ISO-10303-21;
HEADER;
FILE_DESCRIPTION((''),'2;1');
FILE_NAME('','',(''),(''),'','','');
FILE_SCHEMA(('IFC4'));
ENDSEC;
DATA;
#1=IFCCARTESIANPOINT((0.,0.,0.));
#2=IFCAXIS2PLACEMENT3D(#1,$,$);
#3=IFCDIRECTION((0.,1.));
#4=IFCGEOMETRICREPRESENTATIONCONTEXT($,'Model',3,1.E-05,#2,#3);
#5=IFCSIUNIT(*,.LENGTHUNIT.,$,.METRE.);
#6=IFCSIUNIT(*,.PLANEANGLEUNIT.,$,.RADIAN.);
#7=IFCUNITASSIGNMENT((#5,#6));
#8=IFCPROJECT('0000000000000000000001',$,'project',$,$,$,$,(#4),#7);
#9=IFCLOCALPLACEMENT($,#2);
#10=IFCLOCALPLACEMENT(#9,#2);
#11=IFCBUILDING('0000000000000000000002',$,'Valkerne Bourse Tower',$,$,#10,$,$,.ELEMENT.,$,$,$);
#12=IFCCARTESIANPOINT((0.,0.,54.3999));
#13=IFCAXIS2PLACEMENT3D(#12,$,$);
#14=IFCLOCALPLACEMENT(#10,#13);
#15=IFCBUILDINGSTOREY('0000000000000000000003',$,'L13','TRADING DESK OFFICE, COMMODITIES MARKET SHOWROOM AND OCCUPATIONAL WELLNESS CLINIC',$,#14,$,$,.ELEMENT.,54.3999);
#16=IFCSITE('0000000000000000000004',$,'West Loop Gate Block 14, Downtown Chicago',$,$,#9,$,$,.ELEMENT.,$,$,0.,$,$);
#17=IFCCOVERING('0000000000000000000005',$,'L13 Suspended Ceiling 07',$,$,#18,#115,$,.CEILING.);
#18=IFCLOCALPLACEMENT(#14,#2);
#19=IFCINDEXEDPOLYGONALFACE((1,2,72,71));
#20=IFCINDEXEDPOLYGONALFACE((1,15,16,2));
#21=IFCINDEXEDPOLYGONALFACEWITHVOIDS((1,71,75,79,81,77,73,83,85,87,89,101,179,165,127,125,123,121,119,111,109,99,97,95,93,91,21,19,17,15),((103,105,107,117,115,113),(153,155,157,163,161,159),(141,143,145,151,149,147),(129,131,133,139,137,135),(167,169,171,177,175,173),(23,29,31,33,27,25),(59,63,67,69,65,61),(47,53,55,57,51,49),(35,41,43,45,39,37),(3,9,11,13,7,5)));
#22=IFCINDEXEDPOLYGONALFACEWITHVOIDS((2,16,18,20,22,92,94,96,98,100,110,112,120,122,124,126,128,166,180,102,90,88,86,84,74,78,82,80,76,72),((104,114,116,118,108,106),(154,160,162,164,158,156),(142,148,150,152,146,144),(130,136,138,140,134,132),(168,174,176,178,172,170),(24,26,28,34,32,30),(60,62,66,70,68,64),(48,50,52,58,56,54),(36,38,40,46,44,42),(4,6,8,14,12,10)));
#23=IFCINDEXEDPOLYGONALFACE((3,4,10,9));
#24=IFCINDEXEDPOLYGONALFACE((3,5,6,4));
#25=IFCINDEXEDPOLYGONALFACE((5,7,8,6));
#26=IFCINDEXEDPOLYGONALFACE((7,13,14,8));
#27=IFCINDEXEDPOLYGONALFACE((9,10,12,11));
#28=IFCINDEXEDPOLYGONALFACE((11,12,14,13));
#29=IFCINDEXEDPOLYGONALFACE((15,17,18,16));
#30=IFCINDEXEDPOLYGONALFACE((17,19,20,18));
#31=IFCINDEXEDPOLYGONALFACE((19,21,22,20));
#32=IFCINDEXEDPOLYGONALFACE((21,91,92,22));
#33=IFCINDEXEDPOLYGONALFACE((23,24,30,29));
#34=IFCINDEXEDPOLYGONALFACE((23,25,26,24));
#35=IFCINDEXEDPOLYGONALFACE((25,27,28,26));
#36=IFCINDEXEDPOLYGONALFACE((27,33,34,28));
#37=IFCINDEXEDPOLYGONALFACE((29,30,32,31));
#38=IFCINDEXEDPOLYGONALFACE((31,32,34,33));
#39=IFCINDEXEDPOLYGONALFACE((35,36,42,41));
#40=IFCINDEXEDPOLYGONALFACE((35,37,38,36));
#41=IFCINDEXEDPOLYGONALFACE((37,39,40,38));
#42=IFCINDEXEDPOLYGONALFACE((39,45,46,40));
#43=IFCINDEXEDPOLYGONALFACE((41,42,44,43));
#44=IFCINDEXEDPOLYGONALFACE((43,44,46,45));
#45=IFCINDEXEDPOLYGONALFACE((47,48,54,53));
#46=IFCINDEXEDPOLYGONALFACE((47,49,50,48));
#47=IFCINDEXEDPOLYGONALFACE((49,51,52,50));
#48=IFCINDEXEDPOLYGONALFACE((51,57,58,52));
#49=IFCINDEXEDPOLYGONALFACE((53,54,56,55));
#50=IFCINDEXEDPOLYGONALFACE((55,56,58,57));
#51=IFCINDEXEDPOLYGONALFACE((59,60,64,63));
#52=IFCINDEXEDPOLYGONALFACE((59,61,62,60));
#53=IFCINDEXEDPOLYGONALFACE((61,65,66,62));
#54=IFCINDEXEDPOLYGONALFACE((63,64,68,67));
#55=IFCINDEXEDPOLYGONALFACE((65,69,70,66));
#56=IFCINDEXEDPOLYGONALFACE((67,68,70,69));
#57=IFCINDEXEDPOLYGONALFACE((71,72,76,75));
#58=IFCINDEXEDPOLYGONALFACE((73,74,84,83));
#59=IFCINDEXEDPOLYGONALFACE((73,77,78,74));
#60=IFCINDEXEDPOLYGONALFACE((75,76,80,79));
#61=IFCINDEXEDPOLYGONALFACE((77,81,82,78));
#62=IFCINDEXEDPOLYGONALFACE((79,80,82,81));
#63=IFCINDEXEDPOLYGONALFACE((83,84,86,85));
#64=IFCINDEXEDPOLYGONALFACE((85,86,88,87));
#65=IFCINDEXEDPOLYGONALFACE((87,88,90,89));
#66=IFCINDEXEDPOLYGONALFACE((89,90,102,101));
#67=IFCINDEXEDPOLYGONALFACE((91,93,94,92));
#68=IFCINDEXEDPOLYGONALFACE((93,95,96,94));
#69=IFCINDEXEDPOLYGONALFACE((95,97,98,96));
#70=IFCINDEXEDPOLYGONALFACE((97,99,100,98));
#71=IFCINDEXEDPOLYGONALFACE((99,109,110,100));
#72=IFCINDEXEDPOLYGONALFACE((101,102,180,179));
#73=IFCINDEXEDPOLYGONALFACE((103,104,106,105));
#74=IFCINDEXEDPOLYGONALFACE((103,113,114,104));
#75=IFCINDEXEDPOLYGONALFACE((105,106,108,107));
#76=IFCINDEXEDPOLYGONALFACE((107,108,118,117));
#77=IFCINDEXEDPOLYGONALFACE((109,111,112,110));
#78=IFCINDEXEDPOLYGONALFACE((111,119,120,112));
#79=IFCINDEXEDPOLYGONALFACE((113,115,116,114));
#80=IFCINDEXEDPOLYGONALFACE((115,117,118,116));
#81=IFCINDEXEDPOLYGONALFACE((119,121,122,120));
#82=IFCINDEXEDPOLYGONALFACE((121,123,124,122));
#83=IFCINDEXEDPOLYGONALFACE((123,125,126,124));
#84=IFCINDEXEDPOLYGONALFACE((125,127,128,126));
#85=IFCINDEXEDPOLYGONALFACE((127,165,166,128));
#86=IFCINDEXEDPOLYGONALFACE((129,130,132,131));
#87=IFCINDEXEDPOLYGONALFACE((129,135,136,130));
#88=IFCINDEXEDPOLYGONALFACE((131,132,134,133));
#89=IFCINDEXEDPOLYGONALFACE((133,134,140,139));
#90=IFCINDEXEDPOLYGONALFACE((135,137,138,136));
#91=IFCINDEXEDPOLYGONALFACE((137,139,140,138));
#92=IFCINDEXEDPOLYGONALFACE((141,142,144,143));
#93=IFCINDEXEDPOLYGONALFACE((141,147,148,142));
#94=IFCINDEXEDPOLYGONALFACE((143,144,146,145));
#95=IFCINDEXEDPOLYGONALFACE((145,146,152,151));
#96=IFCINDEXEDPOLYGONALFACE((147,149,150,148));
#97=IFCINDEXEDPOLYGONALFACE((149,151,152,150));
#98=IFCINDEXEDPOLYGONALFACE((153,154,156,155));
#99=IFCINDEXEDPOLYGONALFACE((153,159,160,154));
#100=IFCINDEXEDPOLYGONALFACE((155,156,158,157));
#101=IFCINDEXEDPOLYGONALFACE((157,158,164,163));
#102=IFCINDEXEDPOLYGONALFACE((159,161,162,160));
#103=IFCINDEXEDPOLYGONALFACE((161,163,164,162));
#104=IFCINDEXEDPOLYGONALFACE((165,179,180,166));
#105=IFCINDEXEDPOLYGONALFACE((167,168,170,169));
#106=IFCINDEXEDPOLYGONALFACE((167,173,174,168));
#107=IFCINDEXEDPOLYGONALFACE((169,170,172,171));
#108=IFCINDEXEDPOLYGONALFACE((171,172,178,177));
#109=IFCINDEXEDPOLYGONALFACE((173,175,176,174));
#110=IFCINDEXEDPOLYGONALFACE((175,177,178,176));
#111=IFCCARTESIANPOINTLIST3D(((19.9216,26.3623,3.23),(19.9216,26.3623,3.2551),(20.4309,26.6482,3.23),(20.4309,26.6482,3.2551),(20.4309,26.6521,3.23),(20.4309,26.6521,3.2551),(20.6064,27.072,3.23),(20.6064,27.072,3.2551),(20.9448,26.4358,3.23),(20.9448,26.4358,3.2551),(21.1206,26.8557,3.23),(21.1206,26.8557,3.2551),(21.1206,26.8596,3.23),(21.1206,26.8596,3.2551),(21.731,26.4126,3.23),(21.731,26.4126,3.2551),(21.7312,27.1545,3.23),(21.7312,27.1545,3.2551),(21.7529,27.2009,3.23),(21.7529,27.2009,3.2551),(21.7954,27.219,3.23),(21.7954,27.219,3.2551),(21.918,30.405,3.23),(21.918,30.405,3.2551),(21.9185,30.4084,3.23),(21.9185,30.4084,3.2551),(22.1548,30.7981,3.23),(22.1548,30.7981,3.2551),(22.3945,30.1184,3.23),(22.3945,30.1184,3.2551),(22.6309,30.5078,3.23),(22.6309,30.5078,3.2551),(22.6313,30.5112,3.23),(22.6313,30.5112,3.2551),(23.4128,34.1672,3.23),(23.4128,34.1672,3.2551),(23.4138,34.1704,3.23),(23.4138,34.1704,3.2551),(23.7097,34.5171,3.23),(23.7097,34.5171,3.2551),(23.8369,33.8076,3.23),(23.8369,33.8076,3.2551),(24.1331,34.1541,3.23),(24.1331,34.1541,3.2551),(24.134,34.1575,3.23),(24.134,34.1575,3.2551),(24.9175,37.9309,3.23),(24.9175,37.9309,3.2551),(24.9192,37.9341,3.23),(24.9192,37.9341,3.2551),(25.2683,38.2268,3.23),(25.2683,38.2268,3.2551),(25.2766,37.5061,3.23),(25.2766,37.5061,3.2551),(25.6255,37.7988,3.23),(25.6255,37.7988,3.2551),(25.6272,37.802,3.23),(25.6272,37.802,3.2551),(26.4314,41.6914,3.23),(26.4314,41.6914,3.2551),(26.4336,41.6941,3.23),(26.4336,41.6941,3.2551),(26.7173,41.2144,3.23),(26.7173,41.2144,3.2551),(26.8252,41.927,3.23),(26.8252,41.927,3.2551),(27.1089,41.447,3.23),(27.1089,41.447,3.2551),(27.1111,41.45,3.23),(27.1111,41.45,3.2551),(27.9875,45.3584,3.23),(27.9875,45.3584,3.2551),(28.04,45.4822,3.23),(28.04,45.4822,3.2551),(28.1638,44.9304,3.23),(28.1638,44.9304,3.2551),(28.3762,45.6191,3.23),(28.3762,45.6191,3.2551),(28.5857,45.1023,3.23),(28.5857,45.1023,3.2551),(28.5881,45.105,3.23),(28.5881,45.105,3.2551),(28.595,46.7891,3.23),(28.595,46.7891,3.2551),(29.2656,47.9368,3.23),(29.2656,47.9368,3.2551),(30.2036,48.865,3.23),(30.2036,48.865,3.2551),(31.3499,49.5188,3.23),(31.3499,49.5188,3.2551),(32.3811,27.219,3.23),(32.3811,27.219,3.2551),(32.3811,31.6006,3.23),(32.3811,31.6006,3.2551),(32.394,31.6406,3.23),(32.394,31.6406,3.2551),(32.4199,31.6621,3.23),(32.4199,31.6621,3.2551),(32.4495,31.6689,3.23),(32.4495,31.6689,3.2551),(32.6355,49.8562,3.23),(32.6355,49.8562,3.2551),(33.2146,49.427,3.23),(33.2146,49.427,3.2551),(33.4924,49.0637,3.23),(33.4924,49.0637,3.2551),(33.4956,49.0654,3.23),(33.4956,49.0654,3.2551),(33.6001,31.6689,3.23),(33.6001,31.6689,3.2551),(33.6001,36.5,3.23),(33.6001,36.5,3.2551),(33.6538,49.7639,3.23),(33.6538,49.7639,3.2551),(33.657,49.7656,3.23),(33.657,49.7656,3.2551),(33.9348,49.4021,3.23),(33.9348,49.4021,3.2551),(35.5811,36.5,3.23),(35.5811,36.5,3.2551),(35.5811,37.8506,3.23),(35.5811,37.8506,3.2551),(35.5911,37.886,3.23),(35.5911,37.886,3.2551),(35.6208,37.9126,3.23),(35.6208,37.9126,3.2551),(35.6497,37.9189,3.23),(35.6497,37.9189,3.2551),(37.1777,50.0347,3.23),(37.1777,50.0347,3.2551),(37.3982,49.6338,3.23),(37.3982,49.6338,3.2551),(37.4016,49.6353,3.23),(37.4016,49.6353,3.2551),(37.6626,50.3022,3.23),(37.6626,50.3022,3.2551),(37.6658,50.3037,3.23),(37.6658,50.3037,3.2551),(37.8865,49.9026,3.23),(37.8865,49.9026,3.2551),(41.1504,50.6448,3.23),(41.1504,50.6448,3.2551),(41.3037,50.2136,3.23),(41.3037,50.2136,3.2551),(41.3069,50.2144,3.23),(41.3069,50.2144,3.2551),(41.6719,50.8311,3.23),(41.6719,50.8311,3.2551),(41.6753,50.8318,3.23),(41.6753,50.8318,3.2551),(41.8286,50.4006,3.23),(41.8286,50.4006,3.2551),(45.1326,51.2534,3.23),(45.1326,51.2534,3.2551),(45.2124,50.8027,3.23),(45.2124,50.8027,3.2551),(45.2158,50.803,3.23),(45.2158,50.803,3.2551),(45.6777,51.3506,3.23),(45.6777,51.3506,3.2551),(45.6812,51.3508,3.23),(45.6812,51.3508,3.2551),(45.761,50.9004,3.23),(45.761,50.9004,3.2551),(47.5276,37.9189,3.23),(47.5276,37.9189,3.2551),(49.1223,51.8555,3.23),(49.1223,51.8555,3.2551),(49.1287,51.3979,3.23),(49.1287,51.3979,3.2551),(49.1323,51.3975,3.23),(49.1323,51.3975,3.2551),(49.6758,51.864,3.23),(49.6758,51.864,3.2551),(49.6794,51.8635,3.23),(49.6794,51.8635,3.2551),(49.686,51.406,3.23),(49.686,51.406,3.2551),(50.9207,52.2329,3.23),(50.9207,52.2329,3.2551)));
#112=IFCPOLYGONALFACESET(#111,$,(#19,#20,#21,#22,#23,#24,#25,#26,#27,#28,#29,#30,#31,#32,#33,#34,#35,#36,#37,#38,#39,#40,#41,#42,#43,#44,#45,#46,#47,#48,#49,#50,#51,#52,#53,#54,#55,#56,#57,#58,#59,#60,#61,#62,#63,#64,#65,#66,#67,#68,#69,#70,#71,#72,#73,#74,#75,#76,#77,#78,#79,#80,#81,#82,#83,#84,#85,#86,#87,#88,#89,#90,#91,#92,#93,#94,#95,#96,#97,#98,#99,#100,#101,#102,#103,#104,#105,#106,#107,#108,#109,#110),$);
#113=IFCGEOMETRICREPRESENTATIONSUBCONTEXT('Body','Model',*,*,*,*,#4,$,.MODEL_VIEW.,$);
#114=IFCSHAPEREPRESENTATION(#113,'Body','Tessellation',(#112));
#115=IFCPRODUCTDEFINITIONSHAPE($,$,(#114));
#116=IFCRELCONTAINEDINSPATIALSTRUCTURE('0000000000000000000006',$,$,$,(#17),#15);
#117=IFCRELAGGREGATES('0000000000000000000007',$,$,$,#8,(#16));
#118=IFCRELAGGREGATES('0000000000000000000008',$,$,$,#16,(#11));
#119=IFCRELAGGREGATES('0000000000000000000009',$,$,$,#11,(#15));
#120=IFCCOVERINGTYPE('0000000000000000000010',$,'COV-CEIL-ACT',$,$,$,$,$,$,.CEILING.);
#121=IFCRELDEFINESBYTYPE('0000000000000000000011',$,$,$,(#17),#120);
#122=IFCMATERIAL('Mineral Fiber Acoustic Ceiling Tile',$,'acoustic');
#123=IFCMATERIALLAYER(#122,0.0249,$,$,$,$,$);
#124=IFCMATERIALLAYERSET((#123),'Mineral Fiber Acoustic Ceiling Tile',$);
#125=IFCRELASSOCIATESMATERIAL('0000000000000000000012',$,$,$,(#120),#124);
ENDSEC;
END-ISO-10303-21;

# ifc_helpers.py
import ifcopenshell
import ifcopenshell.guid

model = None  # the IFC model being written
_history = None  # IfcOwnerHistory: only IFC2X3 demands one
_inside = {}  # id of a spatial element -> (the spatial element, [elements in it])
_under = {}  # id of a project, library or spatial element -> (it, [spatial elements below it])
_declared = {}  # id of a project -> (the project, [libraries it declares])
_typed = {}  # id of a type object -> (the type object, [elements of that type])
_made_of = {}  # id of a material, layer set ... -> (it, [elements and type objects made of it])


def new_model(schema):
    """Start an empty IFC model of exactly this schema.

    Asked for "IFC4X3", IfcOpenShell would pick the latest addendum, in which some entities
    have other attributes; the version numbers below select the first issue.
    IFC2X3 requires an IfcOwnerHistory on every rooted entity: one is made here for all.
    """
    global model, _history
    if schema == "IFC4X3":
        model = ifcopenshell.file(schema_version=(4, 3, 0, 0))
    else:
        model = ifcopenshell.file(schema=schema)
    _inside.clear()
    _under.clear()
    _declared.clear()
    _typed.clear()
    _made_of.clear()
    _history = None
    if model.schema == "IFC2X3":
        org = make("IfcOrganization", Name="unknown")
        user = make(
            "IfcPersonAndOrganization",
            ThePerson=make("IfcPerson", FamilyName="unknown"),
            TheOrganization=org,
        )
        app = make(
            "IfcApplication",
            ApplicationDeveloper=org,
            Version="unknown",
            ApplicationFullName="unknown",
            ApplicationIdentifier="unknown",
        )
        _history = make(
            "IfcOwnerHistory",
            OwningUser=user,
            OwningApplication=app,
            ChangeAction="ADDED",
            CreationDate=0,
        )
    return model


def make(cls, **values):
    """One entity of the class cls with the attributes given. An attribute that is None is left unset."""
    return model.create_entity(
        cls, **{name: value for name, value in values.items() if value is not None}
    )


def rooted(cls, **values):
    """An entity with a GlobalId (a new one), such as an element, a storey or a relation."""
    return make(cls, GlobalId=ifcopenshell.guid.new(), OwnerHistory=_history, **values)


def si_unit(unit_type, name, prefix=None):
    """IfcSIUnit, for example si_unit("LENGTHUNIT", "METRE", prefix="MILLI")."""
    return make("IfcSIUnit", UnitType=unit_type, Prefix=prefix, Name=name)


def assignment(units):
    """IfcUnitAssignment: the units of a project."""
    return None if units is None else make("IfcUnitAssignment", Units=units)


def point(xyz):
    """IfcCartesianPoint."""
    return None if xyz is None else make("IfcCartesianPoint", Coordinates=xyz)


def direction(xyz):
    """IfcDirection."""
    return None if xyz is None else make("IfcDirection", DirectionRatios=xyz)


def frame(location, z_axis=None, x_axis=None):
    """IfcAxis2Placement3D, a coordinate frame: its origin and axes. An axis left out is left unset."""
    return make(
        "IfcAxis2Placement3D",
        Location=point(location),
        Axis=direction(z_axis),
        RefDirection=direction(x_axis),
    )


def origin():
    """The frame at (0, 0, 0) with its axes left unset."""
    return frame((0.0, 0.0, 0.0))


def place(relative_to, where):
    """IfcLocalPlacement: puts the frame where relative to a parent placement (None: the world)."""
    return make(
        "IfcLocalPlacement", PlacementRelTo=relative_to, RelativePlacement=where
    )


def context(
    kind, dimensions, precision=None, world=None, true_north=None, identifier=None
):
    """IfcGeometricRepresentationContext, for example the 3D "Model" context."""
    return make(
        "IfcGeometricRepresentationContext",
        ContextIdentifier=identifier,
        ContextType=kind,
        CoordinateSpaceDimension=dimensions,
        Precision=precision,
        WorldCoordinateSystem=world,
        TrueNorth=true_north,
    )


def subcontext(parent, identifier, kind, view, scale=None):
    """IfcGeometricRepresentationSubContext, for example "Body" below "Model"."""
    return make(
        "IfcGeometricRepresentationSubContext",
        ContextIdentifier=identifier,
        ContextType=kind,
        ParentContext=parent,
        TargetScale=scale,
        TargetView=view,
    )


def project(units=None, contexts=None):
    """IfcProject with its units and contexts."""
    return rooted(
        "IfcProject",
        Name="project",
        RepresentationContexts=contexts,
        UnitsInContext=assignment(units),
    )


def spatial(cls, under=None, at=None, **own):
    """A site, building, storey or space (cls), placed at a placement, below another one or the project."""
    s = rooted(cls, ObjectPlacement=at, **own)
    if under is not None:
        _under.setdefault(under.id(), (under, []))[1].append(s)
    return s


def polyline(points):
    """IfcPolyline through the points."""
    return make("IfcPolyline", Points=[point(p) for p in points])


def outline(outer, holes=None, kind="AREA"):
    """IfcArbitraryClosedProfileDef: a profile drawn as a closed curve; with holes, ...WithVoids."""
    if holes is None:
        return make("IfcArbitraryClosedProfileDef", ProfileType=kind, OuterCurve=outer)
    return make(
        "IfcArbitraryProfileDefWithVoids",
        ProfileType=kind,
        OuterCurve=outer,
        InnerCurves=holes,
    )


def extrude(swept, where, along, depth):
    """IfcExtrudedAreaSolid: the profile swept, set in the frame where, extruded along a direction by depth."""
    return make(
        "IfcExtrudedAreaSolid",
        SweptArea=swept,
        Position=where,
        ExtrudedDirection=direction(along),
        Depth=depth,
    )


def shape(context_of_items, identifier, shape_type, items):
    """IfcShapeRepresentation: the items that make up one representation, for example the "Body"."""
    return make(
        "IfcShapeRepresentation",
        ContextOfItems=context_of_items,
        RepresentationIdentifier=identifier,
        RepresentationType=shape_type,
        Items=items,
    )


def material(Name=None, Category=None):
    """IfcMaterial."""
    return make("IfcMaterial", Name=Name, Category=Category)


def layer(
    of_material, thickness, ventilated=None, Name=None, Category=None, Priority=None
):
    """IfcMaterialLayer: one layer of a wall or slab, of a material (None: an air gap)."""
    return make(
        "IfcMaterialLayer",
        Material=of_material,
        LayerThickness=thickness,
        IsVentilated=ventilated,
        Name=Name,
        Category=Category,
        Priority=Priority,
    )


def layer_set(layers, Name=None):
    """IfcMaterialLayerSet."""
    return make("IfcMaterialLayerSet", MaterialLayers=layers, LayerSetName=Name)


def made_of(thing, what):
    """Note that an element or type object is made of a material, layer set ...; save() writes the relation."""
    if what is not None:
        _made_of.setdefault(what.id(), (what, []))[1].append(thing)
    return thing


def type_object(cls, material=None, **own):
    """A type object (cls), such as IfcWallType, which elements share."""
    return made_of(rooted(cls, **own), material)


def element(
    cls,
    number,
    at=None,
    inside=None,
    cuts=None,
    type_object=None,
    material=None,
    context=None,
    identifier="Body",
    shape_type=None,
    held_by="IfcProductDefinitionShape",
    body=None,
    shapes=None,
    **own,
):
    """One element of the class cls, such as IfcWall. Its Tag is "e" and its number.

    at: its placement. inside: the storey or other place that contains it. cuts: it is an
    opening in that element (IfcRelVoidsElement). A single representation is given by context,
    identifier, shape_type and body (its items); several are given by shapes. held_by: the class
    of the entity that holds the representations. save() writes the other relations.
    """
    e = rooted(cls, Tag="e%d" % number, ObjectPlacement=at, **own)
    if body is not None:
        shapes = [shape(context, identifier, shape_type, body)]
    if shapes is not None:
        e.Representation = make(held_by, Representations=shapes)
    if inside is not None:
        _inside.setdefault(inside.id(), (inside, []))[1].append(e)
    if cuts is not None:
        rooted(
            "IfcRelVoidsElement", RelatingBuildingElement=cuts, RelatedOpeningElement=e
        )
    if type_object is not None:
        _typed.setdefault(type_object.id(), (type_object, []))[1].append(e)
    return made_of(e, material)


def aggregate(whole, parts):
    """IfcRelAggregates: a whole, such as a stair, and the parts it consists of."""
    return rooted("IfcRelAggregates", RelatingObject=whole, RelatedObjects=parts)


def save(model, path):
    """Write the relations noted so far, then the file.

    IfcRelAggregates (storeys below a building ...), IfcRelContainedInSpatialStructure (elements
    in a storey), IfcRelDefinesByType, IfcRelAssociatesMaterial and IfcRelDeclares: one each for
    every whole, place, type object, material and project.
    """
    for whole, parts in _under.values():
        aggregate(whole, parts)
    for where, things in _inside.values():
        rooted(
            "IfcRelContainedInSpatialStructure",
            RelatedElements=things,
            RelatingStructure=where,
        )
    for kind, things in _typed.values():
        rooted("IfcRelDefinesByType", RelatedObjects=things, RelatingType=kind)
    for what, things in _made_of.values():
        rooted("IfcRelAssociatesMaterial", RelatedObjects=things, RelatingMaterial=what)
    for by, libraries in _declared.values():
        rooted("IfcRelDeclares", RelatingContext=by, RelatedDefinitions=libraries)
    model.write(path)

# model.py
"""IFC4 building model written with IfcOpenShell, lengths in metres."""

from ifc_helpers import new_model, si_unit, direction, frame, origin, place, context, subcontext, project, spatial, polyline, outline, extrude, material, layer, layer_set, type_object, element, save


model = new_model("IFC4")

# Units and contexts
model_context = context("Model", 3, precision=1e-05, world=origin(), true_north=direction((0.0, 1.0)))
body_context = subcontext(model_context, "Body", "Model", "MODEL_VIEW")
ifc_project = project(units=[si_unit("LENGTHUNIT", "METRE"), si_unit("PLANEANGLEUNIT", "RADIAN")], contexts=[model_context])

# Site, building, storey
site_placement = place(None, origin())
site = spatial("IfcSite", under=ifc_project, at=site_placement, Name="West Loop Gate Block 14, Downtown Chicago", CompositionType="ELEMENT", RefElevation=0.0)
building_placement = place(site_placement, origin())
building = spatial("IfcBuilding", under=site, at=building_placement, Name="Valkerne Bourse Tower", CompositionType="ELEMENT")
storey_placement = place(building_placement, frame((0.0, 0.0, 54.3999)))
storey = spatial("IfcBuildingStorey", under=building, at=storey_placement, Name="L13", Description="TRADING DESK OFFICE, COMMODITIES MARKET SHOWROOM AND OCCUPATIONAL WELLNESS CLINIC", CompositionType="ELEMENT", Elevation=54.3999)

# Covering
ifc_material_1 = material(Name="Mineral Fiber Acoustic Ceiling Tile", Category="acoustic")
ifc_layer_1 = layer(ifc_material_1, 0.0249)
ifc_layer_set_1 = layer_set([ifc_layer_1], Name="Mineral Fiber Acoustic Ceiling Tile")
covering_type_1 = type_object("IfcCoveringType", Name="COV-CEIL-ACT", PredefinedType="CEILING", material=ifc_layer_set_1)
covering_1_placement = place(storey_placement, frame((0.0, 0.0, 3.23)))
element("IfcCovering", 1, at=covering_1_placement, inside=storey, type_object=covering_type_1, Name="L13 Suspended Ceiling 07", PredefinedType="CEILING", context=body_context, shape_type="SweptSolid", body=[
    extrude(outline(polyline([(30.2036, 48.865), (31.3499, 49.5188), (32.6355, 49.8562), (50.9207, 52.2329), (47.5276, 37.9189), (35.6497, 37.9189), (35.6208, 37.9126), (35.5911, 37.886), (35.5811, 37.8506), (35.5811, 36.5), (33.6001, 36.5), (33.6001, 31.6689), (32.4495, 31.6689), (32.4199, 31.6621), (32.394, 31.6406), (32.3811, 31.6006), (32.3811, 27.219), (21.7954, 27.219), (21.7529, 27.2009), (21.7312, 27.1545), (21.731, 26.4126), (19.9216, 26.3623), (27.9875, 45.3584), (28.1638, 44.9304), (28.5857, 45.1023), (28.5881, 45.105), (28.3762, 45.6191), (28.04, 45.4822), (28.595, 46.7891), (29.2656, 47.9368), (30.2036, 48.865)]), holes=[polyline([(21.1206, 26.8596), (20.6064, 27.072), (20.4309, 26.6521), (20.4309, 26.6482), (20.9448, 26.4358), (21.1206, 26.8557), (21.1206, 26.8596)]), polyline([(22.6309, 30.5078), (22.6313, 30.5112), (22.1548, 30.7981), (21.9185, 30.4084), (21.918, 30.405), (22.3945, 30.1184), (22.6309, 30.5078)]), polyline([(24.134, 34.1575), (23.7097, 34.5171), (23.4138, 34.1704), (23.4128, 34.1672), (23.8369, 33.8076), (24.1331, 34.1541), (24.134, 34.1575)]), polyline([(25.6255, 37.7988), (25.6272, 37.802), (25.2683, 38.2268), (24.9192, 37.9341), (24.9175, 37.9309), (25.2766, 37.5061), (25.6255, 37.7988)]), polyline([(27.1089, 41.447), (27.1111, 41.45), (26.8252, 41.927), (26.4336, 41.6941), (26.4314, 41.6914), (26.7173, 41.2144), (27.1089, 41.447)]), polyline([(33.4956, 49.0654), (33.9348, 49.4021), (33.657, 49.7656), (33.6538, 49.7639), (33.2146, 49.427), (33.4924, 49.0637), (33.4956, 49.0654)]), polyline([(37.4016, 49.6353), (37.8865, 49.9026), (37.6658, 50.3037), (37.6626, 50.3022), (37.1777, 50.0347), (37.3982, 49.6338), (37.4016, 49.6353)]), polyline([(41.3069, 50.2144), (41.8286, 50.4006), (41.6753, 50.8318), (41.6719, 50.8311), (41.1504, 50.6448), (41.3037, 50.2136), (41.3069, 50.2144)]), polyline([(45.761, 50.9004), (45.6812, 51.3508), (45.6777, 51.3506), (45.1326, 51.2534), (45.2124, 50.8027), (45.2158, 50.803), (45.761, 50.9004)]), polyline([(49.686, 51.406), (49.6794, 51.8635), (49.6758, 51.864), (49.1223, 51.8555), (49.1287, 51.3979), (49.1323, 51.3975), (49.686, 51.406)])]), origin(), (0.0, 0.0, 1.0), 0.0251),
])

save(model, "model.ifc")
